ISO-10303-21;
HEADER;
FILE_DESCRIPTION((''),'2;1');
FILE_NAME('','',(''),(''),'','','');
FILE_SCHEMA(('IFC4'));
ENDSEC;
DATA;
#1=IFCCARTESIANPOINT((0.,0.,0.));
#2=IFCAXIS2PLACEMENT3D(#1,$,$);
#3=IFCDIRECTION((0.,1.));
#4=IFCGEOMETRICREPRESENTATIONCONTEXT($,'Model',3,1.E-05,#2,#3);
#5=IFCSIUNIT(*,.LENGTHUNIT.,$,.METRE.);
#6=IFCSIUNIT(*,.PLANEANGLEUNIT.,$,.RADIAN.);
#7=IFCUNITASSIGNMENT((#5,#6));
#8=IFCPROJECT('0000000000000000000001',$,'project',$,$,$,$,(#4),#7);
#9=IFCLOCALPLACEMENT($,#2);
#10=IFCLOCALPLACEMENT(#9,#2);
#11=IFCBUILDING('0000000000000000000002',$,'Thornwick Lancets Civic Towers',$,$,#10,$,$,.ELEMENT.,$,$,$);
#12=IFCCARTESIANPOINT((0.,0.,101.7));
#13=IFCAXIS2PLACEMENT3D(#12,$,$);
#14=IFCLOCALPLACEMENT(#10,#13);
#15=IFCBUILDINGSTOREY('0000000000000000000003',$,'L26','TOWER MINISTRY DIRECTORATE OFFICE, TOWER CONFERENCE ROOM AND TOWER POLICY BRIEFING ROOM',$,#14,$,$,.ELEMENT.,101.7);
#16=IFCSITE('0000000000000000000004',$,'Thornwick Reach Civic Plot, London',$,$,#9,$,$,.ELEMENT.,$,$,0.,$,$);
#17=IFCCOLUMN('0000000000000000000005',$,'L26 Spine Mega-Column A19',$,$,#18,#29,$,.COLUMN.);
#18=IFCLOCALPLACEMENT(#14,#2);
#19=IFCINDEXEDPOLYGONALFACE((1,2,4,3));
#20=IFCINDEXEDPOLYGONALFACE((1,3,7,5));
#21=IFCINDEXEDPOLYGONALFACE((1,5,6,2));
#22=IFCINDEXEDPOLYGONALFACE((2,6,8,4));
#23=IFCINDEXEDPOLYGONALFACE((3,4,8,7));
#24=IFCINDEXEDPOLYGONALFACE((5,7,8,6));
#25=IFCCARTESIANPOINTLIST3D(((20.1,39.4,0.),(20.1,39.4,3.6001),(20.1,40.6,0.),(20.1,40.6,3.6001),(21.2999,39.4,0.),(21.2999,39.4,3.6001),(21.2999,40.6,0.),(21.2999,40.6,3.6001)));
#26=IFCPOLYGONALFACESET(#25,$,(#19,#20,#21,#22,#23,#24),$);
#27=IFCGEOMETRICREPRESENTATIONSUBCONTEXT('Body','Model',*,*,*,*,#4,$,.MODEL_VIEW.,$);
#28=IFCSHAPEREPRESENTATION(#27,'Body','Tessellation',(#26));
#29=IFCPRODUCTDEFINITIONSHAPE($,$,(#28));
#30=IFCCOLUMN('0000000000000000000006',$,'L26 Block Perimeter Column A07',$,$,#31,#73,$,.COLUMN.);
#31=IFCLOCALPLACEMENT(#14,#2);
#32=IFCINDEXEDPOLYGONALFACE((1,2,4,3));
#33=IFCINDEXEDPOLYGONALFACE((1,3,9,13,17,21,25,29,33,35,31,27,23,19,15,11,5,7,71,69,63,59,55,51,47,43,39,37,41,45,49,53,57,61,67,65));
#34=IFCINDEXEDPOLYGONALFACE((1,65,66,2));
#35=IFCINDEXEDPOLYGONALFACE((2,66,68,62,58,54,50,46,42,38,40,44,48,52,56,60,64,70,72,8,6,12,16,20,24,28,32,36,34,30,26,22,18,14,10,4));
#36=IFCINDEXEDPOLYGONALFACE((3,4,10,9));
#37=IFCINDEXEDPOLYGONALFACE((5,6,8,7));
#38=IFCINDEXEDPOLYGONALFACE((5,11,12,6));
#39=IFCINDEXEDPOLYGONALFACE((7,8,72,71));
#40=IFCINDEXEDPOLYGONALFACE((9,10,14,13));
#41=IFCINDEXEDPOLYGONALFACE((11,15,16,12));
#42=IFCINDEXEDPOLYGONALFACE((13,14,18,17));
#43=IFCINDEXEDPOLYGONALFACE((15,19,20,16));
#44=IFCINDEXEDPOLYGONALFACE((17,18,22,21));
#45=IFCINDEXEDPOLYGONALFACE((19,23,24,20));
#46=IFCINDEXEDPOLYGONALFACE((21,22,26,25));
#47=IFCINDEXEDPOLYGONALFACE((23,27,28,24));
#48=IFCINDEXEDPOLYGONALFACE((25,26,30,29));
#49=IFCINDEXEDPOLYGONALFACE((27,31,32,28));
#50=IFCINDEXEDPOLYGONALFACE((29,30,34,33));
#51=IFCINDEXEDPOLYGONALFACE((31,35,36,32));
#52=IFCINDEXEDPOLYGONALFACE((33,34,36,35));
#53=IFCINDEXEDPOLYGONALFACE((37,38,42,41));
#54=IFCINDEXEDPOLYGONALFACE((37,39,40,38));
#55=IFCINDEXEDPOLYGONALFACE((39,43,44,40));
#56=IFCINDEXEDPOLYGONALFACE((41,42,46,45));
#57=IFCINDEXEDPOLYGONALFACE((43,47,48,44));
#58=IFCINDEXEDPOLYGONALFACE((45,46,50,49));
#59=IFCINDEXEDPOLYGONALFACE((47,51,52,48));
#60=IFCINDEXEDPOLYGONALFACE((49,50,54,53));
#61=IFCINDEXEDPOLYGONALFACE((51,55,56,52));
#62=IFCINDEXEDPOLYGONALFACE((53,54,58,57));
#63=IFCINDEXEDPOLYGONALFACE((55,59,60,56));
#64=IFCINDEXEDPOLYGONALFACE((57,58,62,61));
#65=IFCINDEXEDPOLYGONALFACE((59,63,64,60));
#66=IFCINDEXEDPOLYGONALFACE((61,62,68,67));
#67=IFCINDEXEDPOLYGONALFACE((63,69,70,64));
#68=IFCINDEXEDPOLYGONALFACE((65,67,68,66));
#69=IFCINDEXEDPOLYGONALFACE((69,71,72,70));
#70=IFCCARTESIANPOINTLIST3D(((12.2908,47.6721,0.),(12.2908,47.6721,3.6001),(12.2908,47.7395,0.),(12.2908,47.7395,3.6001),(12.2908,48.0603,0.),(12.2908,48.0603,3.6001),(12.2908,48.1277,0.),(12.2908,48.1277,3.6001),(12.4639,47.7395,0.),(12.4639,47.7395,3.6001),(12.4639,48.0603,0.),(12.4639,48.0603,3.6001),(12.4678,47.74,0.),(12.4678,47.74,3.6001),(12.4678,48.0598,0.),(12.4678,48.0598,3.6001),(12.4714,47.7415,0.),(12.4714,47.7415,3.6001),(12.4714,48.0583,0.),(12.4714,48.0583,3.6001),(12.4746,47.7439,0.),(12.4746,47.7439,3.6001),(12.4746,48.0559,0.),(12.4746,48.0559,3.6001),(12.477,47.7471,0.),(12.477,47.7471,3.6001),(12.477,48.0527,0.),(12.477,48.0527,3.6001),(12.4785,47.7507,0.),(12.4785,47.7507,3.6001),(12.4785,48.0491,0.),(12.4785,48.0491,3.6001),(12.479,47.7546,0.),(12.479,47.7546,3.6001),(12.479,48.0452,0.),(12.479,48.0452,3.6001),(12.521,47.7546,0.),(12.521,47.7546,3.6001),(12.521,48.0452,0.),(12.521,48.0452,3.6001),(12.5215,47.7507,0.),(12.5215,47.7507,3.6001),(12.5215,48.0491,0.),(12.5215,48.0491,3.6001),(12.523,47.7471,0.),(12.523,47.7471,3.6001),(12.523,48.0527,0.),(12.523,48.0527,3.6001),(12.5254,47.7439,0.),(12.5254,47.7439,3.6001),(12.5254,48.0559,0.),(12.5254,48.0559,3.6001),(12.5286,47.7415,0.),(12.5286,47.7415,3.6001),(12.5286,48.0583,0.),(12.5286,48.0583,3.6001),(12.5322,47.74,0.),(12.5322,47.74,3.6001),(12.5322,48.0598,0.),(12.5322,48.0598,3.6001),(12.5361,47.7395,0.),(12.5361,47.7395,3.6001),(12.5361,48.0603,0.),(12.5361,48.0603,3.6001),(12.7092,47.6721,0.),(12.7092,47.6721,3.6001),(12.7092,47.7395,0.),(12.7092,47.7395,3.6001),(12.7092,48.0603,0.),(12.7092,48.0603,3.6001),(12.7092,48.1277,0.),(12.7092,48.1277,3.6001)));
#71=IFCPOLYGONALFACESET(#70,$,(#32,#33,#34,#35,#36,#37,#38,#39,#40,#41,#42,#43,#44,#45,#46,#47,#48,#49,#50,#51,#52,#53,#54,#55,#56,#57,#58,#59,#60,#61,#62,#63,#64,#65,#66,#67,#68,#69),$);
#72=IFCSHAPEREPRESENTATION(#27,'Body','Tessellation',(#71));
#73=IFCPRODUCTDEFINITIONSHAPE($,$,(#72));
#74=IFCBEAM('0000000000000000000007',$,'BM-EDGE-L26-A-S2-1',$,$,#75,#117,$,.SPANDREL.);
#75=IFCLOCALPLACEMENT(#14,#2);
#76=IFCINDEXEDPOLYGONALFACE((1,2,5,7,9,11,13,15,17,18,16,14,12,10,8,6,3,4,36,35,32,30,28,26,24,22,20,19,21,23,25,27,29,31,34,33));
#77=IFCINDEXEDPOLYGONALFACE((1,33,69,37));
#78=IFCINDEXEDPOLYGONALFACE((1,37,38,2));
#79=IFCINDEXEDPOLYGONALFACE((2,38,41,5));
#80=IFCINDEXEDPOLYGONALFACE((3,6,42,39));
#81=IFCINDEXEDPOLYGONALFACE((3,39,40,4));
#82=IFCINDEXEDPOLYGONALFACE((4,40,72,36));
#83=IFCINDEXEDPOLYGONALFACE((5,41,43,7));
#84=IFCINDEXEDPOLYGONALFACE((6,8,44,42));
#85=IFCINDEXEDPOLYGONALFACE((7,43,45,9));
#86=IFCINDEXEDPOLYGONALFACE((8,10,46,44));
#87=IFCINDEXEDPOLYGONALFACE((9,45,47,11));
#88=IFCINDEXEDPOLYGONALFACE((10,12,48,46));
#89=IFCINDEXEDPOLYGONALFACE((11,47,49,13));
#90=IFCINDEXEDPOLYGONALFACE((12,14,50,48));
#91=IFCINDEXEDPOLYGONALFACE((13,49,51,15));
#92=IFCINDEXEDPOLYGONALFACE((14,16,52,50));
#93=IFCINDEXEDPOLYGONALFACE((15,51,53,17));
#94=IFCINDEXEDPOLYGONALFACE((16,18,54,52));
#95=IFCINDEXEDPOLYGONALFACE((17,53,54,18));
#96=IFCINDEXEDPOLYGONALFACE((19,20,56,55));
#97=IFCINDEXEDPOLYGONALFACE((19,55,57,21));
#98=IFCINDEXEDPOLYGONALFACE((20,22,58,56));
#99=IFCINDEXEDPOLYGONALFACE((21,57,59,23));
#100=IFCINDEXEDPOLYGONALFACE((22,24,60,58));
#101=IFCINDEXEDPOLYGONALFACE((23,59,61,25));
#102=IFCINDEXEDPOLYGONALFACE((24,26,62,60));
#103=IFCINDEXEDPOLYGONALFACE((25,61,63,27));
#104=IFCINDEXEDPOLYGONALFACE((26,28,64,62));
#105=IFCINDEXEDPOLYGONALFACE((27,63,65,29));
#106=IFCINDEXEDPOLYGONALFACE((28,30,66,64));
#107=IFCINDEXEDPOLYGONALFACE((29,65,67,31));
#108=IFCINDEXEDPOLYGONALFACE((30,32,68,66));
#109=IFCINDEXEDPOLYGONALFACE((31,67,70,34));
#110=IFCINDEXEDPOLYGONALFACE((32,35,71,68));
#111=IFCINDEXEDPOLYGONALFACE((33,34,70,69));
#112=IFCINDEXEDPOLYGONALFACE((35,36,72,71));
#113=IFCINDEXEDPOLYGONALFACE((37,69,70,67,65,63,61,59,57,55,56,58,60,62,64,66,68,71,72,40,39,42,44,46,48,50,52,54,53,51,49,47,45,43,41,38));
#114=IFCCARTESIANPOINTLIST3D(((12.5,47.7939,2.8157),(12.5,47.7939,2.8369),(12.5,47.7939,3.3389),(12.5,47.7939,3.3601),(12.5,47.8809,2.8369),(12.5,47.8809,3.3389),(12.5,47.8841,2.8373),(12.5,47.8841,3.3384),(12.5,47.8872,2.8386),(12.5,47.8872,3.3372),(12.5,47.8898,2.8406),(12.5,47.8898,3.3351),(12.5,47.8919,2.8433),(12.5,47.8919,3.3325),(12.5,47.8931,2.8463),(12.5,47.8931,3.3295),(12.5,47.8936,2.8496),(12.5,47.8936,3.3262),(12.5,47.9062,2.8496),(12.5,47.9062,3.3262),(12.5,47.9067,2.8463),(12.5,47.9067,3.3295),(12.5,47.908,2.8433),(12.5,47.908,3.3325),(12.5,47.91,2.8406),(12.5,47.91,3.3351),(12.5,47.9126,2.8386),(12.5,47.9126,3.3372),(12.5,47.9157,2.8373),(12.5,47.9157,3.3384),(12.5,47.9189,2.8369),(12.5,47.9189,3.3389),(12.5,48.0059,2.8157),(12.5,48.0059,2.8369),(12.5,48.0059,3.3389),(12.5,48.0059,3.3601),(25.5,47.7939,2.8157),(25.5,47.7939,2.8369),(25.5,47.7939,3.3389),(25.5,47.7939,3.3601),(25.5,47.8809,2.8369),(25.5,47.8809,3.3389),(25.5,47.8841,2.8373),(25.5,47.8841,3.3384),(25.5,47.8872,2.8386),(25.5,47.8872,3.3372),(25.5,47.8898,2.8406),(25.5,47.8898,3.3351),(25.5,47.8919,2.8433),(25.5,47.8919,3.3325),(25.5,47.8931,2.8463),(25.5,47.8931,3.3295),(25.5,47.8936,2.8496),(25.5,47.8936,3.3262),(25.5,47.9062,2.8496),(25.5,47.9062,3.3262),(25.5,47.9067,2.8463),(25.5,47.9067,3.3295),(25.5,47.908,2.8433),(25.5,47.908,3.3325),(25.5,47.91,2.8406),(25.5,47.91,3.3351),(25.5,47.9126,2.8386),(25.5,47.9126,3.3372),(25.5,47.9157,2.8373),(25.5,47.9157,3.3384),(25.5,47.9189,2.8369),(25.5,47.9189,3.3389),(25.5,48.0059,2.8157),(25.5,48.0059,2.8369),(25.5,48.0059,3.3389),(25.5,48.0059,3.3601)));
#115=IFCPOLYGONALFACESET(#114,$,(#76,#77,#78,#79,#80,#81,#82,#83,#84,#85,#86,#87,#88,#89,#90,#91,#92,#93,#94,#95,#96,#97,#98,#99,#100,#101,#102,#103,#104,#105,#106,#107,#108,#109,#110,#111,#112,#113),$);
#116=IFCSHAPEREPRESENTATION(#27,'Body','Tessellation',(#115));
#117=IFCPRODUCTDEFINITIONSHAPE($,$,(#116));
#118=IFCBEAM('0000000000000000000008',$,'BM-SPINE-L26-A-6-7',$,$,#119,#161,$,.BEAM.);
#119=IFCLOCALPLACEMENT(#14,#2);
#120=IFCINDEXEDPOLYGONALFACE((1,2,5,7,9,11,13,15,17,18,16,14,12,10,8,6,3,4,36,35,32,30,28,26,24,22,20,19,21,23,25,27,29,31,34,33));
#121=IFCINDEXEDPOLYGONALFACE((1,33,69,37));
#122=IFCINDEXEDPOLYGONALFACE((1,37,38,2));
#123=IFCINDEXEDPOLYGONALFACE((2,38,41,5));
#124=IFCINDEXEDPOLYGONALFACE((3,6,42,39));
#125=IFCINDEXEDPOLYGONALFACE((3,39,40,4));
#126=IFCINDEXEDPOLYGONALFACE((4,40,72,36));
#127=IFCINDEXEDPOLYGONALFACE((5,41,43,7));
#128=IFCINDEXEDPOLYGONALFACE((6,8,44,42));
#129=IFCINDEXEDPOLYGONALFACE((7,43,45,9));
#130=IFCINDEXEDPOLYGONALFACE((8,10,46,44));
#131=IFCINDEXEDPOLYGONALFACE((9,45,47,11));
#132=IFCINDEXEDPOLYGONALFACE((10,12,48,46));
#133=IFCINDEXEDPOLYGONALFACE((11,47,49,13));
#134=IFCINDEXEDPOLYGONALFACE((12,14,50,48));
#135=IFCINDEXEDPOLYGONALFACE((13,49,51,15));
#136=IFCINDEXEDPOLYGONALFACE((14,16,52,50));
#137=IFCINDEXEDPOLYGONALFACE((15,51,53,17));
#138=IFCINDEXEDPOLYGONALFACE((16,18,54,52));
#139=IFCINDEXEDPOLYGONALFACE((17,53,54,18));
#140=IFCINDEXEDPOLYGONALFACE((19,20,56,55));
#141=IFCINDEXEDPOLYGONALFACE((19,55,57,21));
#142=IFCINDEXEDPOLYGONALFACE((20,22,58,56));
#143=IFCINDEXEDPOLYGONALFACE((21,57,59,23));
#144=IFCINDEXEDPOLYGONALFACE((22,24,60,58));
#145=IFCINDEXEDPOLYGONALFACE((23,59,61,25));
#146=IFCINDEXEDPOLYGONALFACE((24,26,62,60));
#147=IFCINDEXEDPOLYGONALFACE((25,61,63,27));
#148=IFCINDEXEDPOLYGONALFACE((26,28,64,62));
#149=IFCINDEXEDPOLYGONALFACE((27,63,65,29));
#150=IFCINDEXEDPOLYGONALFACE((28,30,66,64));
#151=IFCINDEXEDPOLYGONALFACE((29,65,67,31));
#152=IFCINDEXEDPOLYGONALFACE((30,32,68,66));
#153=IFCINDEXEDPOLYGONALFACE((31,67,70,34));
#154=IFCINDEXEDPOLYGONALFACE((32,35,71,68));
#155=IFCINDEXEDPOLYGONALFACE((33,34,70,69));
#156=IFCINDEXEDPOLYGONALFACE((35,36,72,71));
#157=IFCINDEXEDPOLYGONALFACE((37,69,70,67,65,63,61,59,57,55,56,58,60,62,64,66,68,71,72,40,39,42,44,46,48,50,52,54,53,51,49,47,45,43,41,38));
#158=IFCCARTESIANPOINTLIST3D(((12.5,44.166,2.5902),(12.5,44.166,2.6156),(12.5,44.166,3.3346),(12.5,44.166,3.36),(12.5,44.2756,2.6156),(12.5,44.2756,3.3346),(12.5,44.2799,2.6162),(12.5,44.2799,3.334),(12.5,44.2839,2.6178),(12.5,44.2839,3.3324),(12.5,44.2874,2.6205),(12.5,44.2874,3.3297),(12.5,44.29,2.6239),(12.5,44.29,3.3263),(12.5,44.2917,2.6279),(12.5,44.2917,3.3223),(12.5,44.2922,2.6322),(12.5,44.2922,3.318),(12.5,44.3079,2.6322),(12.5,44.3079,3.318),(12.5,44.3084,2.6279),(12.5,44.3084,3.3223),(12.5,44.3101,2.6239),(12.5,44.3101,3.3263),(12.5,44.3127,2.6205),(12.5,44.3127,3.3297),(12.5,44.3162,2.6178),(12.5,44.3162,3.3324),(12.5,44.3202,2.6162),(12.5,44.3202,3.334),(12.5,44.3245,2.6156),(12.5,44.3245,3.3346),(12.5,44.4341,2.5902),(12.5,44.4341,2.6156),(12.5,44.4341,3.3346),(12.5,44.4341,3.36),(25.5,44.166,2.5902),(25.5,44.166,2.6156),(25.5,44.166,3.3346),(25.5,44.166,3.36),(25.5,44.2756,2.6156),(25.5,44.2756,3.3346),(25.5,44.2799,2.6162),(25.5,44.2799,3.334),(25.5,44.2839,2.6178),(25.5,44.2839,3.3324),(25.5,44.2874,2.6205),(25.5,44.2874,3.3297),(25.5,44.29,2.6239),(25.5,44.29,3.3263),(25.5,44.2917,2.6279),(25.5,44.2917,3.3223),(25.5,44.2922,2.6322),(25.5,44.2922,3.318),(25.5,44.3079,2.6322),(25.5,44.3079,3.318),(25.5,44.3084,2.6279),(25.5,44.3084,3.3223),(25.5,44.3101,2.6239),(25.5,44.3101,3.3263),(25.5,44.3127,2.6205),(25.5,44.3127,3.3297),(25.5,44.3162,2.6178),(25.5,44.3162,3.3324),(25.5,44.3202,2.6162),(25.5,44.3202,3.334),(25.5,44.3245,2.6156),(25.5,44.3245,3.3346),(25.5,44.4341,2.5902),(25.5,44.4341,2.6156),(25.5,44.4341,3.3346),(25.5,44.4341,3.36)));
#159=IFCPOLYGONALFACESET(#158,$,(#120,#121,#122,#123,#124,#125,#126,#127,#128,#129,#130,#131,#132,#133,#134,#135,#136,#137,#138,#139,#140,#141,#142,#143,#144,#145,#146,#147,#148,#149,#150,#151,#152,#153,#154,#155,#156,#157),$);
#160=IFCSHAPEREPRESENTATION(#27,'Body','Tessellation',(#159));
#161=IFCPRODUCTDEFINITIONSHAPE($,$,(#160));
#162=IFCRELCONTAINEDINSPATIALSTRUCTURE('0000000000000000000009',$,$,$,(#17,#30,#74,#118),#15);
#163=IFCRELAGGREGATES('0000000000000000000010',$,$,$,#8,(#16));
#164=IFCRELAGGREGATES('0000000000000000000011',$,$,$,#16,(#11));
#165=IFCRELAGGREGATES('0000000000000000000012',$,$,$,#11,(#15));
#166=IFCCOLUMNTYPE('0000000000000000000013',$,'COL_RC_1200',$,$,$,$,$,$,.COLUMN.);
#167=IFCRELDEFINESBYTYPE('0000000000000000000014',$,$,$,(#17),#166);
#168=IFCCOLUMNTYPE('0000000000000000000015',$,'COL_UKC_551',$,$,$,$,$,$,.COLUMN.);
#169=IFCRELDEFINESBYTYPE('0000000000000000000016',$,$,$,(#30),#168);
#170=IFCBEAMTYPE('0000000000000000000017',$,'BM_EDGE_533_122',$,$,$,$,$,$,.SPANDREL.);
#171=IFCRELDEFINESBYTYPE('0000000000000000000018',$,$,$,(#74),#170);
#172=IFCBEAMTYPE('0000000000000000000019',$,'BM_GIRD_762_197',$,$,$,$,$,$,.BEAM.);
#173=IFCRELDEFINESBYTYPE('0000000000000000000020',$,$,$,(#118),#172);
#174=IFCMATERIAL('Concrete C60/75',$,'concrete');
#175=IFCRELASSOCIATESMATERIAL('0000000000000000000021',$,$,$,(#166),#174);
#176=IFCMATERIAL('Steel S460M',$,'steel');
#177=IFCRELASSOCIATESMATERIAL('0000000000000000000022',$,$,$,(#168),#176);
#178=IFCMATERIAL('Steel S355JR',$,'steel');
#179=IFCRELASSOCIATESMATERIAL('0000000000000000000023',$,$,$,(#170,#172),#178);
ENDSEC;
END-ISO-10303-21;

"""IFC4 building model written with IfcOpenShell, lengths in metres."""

from ifc_helpers import new_model, si_unit, direction, frame, origin, origin_2d, place, context, subcontext, project, spatial, rectangle, i_section, extrude, material, material_profile, profile_set, type_object, element, save


model = new_model("IFC4")

# Units and contexts
model_context = context("Model", 3, precision=1e-05, world=origin(), true_north=direction((0.0, 1.0)))
body_context = subcontext(model_context, "Body", "Model", "MODEL_VIEW")
ifc_project = project(units=[si_unit("LENGTHUNIT", "METRE"), si_unit("PLANEANGLEUNIT", "RADIAN")], contexts=[model_context])

# Site, building, storey
site_placement = place(None, origin())
site = spatial("IfcSite", under=ifc_project, at=site_placement, Name="Thornwick Reach Civic Plot, London", CompositionType="ELEMENT", RefElevation=0.0)
building_placement = place(site_placement, origin())
building = spatial("IfcBuilding", under=site, at=building_placement, Name="Thornwick Lancets Civic Towers", CompositionType="ELEMENT")
storey_placement = place(building_placement, frame((0.0, 0.0, 101.7)))
storey = spatial("IfcBuildingStorey", under=building, at=storey_placement, Name="L26", Description="TOWER MINISTRY DIRECTORATE OFFICE, TOWER CONFERENCE ROOM AND TOWER POLICY BRIEFING ROOM", CompositionType="ELEMENT", Elevation=101.7)

# Columns
ifc_material_1 = material(Name="Concrete C60/75", Category="concrete")
ifc_material_profile_1 = material_profile(ifc_material_1, rectangle(XDim=1.2, YDim=1.2, at=origin_2d()), Name="RC 1200x1200")
ifc_profile_set_1 = profile_set([ifc_material_profile_1], Name="Concrete C60/75")
column_type_1 = type_object("IfcColumnType", Name="COL_RC_1200", PredefinedType="COLUMN", material=ifc_profile_set_1)
column_1_placement = place(storey_placement, frame((20.7, 40.0, 0.0), z_axis=(0.0, 0.0, 1.0), x_axis=(1.0, 0.0, 0.0)))
element("IfcColumn", 1, at=column_1_placement, inside=storey, type_object=column_type_1, Name="L26 Spine Mega-Column A19", PredefinedType="COLUMN", context=body_context, shape_type="SweptSolid", body=[
    extrude(rectangle(XDim=1.2, YDim=1.2, at=origin_2d()), origin(), (0.0, 0.0, 1.0), 3.6001),
])
ifc_material_2 = material(Name="Steel S460M", Category="steel")
ifc_material_profile_2 = material_profile(ifc_material_2, i_section(OverallWidth=0.4185, OverallDepth=0.4556, WebThickness=0.042, FlangeThickness=0.0674, FilletRadius=0.0151, at=origin_2d()), Name="UKC 356x406x551")
ifc_profile_set_2 = profile_set([ifc_material_profile_2], Name="Steel S460M")
column_type_2 = type_object("IfcColumnType", Name="COL_UKC_551", PredefinedType="COLUMN", material=ifc_profile_set_2)
column_2_placement = place(storey_placement, frame((12.5, 47.8999, 0.0), z_axis=(0.0, 0.0, 1.0), x_axis=(1.0, 0.0, 0.0)))
element("IfcColumn", 2, at=column_2_placement, inside=storey, type_object=column_type_2, Name="L26 Block Perimeter Column A07", PredefinedType="COLUMN", context=body_context, shape_type="SweptSolid", body=[
    extrude(i_section(OverallWidth=0.4185, OverallDepth=0.4556, WebThickness=0.042, FlangeThickness=0.0674, FilletRadius=0.0151, at=origin_2d()), origin(), (0.0, 0.0, 1.0), 3.6001),
])

# Beams
ifc_material_3 = material(Name="Steel S355JR", Category="steel")
ifc_material_profile_3 = material_profile(ifc_material_3, i_section(OverallWidth=0.2119, OverallDepth=0.5444, WebThickness=0.0127, FlangeThickness=0.0212, FilletRadius=0.0127, at=origin_2d()), Name="UKB 533x210x122")
ifc_profile_set_3 = profile_set([ifc_material_profile_3], Name="Steel S355JR")
beam_type_1 = type_object("IfcBeamType", Name="BM_EDGE_533_122", PredefinedType="SPANDREL", material=ifc_profile_set_3)
beam_1_placement = place(storey_placement, frame((12.5, 47.8999, 3.0879), z_axis=(1.0, 0.0, 0.0), x_axis=(0.0, 1.0, 0.0)))
element("IfcBeam", 3, at=beam_1_placement, inside=storey, type_object=beam_type_1, Name="BM-EDGE-L26-A-S2-1", PredefinedType="SPANDREL", context=body_context, shape_type="SweptSolid", body=[
    extrude(i_section(OverallWidth=0.2119, OverallDepth=0.5444, WebThickness=0.0127, FlangeThickness=0.0212, FilletRadius=0.0127, at=origin_2d()), origin(), (0.0, 0.0, 1.0), 13.0),
])
ifc_material_profile_4 = material_profile(ifc_material_3, i_section(OverallWidth=0.2681, OverallDepth=0.7698, WebThickness=0.0156, FlangeThickness=0.0254, FilletRadius=0.0166, at=origin_2d()), Name="UKB 762x267x197")
ifc_profile_set_4 = profile_set([ifc_material_profile_4], Name="Steel S355JR")
beam_type_2 = type_object("IfcBeamType", Name="BM_GIRD_762_197", PredefinedType="BEAM", material=ifc_profile_set_4)
beam_2_placement = place(storey_placement, frame((12.5, 44.3, 2.9751), z_axis=(1.0, 0.0, 0.0), x_axis=(0.0, 1.0, 0.0)))
element("IfcBeam", 4, at=beam_2_placement, inside=storey, type_object=beam_type_2, Name="BM-SPINE-L26-A-6-7", PredefinedType="BEAM", context=body_context, shape_type="SweptSolid", body=[
    extrude(i_section(OverallWidth=0.2681, OverallDepth=0.7698, WebThickness=0.0156, FlangeThickness=0.0254, FilletRadius=0.0166, at=origin_2d()), origin(), (0.0, 0.0, 1.0), 13.0),
])

save(model, "model.ifc")
